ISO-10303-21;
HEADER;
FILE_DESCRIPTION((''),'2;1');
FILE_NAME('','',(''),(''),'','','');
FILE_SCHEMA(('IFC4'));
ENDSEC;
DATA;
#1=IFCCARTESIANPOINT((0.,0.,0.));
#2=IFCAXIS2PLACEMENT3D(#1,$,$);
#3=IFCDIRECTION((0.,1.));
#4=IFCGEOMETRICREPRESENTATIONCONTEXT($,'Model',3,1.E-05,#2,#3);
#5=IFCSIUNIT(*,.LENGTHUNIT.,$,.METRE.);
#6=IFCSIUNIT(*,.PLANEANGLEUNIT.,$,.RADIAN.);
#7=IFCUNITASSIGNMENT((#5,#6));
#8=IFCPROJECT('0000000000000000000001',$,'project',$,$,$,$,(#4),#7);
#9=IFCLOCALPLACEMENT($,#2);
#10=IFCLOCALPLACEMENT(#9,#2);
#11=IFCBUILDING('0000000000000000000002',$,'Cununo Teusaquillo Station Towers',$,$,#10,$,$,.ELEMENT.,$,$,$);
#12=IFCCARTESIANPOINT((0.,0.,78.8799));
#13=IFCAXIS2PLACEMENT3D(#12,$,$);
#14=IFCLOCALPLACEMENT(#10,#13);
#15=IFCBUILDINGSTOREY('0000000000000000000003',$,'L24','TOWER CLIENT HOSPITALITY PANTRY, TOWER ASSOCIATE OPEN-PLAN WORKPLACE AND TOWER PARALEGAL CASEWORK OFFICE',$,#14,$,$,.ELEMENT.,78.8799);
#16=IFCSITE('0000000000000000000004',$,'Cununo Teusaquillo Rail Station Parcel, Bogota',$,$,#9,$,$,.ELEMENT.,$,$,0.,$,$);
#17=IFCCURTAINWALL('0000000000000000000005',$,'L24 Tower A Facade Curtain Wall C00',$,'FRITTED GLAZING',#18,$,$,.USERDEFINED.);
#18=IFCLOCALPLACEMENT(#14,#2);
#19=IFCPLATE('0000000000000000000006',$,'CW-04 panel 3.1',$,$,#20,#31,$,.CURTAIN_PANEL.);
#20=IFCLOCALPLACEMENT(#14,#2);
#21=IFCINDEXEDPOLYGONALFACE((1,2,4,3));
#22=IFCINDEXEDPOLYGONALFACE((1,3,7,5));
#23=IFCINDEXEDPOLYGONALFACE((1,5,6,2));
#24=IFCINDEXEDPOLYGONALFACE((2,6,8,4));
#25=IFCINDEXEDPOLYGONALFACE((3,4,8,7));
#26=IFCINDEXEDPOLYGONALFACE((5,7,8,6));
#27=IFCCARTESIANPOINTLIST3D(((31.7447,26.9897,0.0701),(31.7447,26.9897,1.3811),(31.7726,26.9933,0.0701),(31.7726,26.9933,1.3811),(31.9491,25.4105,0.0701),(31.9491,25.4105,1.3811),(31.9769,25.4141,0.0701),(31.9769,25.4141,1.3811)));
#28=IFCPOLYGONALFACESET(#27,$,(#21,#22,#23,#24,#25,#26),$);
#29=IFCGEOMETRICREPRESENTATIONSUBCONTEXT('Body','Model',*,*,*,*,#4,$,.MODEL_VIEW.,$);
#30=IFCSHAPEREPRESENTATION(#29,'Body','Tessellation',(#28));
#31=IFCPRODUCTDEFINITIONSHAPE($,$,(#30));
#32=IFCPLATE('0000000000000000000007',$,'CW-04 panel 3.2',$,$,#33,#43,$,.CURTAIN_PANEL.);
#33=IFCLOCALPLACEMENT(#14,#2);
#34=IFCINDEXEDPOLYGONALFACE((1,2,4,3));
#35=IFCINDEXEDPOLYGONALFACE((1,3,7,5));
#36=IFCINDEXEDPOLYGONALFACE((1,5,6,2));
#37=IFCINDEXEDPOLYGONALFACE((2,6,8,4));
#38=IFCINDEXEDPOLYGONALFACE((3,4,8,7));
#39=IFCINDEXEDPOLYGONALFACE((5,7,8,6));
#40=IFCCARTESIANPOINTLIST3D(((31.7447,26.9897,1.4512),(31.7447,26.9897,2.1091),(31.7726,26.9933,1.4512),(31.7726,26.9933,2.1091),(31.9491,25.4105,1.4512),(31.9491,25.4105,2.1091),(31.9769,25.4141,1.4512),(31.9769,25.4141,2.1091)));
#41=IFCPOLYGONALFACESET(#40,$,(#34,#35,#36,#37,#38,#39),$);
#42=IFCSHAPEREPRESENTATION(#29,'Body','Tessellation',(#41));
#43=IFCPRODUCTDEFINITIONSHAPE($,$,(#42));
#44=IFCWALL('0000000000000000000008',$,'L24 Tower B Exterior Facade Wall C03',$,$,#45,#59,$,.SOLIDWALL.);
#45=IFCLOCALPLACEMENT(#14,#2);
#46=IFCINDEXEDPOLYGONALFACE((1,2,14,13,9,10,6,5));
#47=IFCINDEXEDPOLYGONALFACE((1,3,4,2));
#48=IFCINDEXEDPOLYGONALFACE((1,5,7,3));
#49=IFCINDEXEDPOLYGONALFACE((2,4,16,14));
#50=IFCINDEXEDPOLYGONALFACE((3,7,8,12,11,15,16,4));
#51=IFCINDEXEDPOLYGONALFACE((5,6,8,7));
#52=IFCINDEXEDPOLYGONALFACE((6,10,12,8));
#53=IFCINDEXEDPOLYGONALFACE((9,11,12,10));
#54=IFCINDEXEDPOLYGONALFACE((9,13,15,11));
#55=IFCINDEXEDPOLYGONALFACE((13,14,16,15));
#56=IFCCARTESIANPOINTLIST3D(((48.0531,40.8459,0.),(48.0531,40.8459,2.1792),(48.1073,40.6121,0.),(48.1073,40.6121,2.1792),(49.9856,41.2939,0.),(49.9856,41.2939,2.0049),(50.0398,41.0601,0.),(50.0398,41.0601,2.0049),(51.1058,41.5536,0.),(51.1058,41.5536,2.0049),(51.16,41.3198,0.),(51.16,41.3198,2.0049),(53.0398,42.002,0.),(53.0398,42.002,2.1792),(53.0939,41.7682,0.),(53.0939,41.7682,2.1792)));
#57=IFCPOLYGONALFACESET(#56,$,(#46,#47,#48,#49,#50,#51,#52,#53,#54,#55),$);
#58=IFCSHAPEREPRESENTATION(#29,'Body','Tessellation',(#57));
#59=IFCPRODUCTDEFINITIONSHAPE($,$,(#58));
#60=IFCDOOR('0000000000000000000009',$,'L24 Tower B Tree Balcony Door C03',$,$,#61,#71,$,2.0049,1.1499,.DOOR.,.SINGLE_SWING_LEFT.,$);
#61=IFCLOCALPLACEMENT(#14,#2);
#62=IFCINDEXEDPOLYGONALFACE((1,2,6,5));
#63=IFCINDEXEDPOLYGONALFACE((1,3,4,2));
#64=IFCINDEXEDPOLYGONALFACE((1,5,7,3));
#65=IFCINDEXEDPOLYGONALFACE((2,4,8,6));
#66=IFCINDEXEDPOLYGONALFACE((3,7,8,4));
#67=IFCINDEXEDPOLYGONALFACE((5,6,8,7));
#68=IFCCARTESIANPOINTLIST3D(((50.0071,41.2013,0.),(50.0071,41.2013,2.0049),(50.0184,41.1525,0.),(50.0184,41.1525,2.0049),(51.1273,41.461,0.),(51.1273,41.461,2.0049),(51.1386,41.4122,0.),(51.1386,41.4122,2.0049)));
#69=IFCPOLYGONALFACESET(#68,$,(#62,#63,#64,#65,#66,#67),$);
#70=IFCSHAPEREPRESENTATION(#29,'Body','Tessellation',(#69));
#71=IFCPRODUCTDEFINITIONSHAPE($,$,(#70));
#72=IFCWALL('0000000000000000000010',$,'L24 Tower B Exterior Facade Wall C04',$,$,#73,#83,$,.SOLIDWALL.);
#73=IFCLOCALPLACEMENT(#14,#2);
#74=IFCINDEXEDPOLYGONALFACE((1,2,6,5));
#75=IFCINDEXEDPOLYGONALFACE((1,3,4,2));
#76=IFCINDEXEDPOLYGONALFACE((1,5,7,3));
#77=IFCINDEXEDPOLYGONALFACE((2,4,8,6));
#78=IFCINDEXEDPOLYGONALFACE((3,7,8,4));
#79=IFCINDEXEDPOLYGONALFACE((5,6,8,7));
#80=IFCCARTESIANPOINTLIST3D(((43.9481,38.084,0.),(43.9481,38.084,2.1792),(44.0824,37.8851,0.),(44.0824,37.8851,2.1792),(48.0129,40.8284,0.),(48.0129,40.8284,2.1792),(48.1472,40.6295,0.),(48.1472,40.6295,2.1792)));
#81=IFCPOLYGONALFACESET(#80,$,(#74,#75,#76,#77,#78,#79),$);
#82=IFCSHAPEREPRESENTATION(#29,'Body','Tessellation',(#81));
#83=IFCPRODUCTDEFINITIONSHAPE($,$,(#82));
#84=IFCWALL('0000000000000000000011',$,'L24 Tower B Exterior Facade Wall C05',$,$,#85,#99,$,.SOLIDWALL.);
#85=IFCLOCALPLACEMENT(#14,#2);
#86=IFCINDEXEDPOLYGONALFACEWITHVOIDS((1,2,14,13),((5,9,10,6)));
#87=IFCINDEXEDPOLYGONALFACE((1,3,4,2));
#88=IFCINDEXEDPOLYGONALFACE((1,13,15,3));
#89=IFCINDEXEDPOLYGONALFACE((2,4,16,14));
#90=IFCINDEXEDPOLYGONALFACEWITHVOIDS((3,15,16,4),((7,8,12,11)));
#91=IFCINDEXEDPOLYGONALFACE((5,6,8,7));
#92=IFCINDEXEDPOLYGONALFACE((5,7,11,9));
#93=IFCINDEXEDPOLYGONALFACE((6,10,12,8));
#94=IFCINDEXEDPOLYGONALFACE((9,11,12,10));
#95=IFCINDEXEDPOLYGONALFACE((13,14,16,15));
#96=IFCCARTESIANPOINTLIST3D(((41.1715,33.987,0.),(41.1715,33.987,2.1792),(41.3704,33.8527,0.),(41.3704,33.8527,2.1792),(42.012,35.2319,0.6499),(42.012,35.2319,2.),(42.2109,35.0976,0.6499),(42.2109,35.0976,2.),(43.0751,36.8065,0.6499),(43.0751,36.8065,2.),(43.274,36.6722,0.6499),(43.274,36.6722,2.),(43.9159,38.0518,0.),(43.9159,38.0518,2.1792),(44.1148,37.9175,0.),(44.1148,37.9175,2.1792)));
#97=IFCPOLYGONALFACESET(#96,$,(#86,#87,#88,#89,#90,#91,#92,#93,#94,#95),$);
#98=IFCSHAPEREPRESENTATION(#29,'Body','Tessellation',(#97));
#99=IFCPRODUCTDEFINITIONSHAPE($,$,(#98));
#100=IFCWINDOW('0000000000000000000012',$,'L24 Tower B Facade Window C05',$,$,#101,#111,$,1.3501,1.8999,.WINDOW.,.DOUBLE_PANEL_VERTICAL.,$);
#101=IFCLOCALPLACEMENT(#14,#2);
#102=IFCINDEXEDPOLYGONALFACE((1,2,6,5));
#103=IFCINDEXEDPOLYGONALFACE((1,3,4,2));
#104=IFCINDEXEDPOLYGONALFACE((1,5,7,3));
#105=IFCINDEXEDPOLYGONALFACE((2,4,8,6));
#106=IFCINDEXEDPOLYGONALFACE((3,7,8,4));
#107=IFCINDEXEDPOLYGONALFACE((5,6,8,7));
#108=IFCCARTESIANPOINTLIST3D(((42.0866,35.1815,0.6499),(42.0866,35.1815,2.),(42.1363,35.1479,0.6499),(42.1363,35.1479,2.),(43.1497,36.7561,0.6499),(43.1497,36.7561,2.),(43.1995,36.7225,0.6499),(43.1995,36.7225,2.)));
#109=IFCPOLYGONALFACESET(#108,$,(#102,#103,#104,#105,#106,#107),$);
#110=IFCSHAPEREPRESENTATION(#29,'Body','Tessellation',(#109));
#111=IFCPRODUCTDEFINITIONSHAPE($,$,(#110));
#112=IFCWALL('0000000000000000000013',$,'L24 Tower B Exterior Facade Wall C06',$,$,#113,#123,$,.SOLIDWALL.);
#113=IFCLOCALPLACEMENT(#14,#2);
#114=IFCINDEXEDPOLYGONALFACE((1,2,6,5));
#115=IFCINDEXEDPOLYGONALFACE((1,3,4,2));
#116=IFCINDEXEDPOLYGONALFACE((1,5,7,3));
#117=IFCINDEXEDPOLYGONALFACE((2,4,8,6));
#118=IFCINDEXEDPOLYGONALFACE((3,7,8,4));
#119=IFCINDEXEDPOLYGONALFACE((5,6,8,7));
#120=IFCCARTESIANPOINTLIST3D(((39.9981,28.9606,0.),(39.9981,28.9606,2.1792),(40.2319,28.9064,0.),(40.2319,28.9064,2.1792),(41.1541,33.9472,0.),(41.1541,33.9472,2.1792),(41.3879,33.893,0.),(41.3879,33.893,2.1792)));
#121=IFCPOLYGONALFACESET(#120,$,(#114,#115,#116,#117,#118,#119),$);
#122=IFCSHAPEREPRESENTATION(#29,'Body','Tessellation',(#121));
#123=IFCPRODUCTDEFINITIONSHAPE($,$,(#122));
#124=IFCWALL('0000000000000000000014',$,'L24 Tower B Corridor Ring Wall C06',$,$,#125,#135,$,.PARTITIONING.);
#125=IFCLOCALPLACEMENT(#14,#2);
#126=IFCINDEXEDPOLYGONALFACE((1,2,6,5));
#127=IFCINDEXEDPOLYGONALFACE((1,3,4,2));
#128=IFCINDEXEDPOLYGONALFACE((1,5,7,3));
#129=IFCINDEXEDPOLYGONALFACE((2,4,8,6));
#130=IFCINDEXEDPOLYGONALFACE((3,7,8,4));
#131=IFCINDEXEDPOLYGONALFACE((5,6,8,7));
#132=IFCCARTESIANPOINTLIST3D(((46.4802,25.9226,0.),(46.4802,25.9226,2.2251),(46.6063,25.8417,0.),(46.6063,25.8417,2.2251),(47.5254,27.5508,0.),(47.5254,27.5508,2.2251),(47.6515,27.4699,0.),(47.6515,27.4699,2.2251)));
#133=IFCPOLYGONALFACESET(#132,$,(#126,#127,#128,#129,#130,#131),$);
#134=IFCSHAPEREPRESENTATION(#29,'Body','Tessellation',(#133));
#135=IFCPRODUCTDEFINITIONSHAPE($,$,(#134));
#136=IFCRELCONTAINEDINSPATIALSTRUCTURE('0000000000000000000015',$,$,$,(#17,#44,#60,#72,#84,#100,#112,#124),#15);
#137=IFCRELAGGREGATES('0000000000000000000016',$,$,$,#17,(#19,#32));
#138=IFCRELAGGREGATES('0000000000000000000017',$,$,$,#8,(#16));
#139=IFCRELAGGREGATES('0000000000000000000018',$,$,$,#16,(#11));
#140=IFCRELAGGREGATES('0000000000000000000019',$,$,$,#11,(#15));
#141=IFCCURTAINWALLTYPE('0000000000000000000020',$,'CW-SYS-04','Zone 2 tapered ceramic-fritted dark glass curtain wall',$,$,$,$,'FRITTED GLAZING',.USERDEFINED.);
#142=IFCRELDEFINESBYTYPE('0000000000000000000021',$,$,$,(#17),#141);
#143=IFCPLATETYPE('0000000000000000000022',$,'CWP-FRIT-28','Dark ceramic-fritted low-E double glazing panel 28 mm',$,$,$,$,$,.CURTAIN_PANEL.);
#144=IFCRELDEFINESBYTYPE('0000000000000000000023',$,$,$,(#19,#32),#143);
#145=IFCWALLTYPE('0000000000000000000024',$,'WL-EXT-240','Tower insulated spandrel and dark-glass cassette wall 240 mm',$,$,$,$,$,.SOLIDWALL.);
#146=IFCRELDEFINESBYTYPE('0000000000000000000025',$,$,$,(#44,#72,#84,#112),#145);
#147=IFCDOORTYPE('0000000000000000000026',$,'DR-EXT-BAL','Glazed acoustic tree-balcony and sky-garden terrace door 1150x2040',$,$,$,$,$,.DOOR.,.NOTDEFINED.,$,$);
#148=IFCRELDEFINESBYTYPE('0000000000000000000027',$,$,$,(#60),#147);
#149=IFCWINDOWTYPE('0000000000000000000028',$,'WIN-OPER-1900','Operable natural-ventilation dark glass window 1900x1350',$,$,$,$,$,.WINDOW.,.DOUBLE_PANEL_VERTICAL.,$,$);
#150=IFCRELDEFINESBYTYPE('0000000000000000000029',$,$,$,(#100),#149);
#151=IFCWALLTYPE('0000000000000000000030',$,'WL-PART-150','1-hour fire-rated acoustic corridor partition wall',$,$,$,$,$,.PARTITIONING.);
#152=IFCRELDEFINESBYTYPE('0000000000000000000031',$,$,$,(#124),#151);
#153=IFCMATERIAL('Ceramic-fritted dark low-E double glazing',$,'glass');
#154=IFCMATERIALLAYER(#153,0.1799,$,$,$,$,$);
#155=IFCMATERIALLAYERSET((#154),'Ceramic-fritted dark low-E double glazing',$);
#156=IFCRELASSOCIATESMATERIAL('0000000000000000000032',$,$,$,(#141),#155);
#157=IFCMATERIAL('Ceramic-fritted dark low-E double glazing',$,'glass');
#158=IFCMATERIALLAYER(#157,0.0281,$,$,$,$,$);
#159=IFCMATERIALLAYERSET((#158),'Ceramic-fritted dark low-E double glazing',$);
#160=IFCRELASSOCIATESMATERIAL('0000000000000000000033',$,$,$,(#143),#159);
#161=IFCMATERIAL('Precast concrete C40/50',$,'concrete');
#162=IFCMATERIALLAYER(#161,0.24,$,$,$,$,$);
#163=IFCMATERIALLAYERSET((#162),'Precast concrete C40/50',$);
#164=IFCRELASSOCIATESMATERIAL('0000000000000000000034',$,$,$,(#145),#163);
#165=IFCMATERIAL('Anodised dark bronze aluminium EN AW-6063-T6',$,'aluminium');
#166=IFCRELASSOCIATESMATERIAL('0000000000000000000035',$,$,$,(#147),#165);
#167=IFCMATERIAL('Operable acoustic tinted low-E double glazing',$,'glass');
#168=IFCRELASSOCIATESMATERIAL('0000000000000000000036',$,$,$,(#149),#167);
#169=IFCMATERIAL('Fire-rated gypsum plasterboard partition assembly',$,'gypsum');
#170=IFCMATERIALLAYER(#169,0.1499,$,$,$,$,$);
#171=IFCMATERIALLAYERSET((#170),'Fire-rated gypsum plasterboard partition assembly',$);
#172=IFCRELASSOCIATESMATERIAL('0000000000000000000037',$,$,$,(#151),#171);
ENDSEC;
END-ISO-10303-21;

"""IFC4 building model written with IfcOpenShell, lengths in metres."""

from ifc_helpers import new_model, si_unit, direction, frame, frame_2d, origin, origin_2d, place, context, subcontext, project, spatial, rectangle, extrude, source, transform, mapped, material, layer, layer_set, type_object, element, fill, aggregate, save


model = new_model("IFC4")

# Units and contexts
model_context = context("Model", 3, precision=1e-05, world=origin(), true_north=direction((0.0, 1.0)))
body_context = subcontext(model_context, "Body", "Model", "MODEL_VIEW")
ifc_project = project(units=[si_unit("LENGTHUNIT", "METRE"), si_unit("PLANEANGLEUNIT", "RADIAN")], contexts=[model_context])

# Site, building, storey
site_placement = place(None, origin())
site = spatial("IfcSite", under=ifc_project, at=site_placement, Name="Cununo Teusaquillo Rail Station Parcel, Bogota", CompositionType="ELEMENT", RefElevation=0.0)
building_placement = place(site_placement, origin())
building = spatial("IfcBuilding", under=site, at=building_placement, Name="Cununo Teusaquillo Station Towers", CompositionType="ELEMENT")
storey_placement = place(building_placement, frame((0.0, 0.0, 78.8799)))
storey = spatial("IfcBuildingStorey", under=building, at=storey_placement, Name="L24", Description="TOWER CLIENT HOSPITALITY PANTRY, TOWER ASSOCIATE OPEN-PLAN WORKPLACE AND TOWER PARALEGAL CASEWORK OFFICE", CompositionType="ELEMENT", Elevation=78.8799)

# Curtain wall, plates
ifc_material_1 = material(Name="Ceramic-fritted dark low-E double glazing", Category="glass")
ifc_layer_1 = layer(ifc_material_1, 0.1799)
ifc_layer_set_1 = layer_set([ifc_layer_1], Name="Ceramic-fritted dark low-E double glazing")
curtain_wall_type = type_object("IfcCurtainWallType", Name="CW-SYS-04", Description="Zone 2 tapered ceramic-fritted dark glass curtain wall", ElementType="FRITTED GLAZING", PredefinedType="USERDEFINED", material=ifc_layer_set_1)
curtain_wall_placement = place(storey_placement, origin())
curtain_wall = element("IfcCurtainWall", 1, at=curtain_wall_placement, inside=storey, type_object=curtain_wall_type, Name="L24 Tower A Facade Curtain Wall C00", ObjectType="FRITTED GLAZING", PredefinedType="USERDEFINED")
ifc_material_2 = material(Name="Ceramic-fritted dark low-E double glazing", Category="glass")
ifc_layer_2 = layer(ifc_material_2, 0.0281)
ifc_layer_set_2 = layer_set([ifc_layer_2], Name="Ceramic-fritted dark low-E double glazing")
plate_type = type_object("IfcPlateType", Name="CWP-FRIT-28", Description="Dark ceramic-fritted low-E double glazing panel 28 mm", PredefinedType="CURTAIN_PANEL", material=ifc_layer_set_2)
shared_shape_1 = source(origin(), body_context, "Body", "SweptSolid", [
    extrude(rectangle(XDim=1.5923, YDim=0.0281, at=origin_2d()), origin(), (0.0, 0.0, 1.0), 1.311),
])
plate_1_placement = place(storey_placement, frame((31.8608, 26.2019, 0.0701), z_axis=(0.0, 0.0, 1.0), x_axis=(0.128336, -0.991731, 0.0)))
plate_1 = element("IfcPlate", 2, at=plate_1_placement, type_object=plate_type, Name="CW-04 panel 3.1", PredefinedType="CURTAIN_PANEL", context=body_context, shape_type="MappedRepresentation", body=[
    mapped(shared_shape_1, transform((0.0, 0.0, 0.0), x_axis=(1.0, 0.0, 0.0), y_axis=(0.0, 1.0, 0.0), z_axis=(0.0, 0.0, 1.0), scale=1.0)),
])
shared_shape_2 = source(origin(), body_context, "Body", "SweptSolid", [
    extrude(rectangle(XDim=1.5923, YDim=0.0281, at=origin_2d()), origin(), (0.0, 0.0, 1.0), 0.658),
])
plate_2_placement = place(storey_placement, frame((31.8608, 26.2019, 1.4512), z_axis=(0.0, 0.0, 1.0), x_axis=(0.128336, -0.991731, 0.0)))
plate_2 = element("IfcPlate", 3, at=plate_2_placement, type_object=plate_type, Name="CW-04 panel 3.2", PredefinedType="CURTAIN_PANEL", context=body_context, shape_type="MappedRepresentation", body=[
    mapped(shared_shape_2, transform((0.0, 0.0, 0.0), x_axis=(1.0, 0.0, 0.0), y_axis=(0.0, 1.0, 0.0), z_axis=(0.0, 0.0, 1.0), scale=1.0)),
])
aggregate(curtain_wall, [plate_1, plate_2])

# Wall, opening, door
ifc_material_3 = material(Name="Precast concrete C40/50", Category="concrete")
ifc_layer_3 = layer(ifc_material_3, 0.24)
ifc_layer_set_3 = layer_set([ifc_layer_3], Name="Precast concrete C40/50")
wall_type_1 = type_object("IfcWallType", Name="WL-EXT-240", Description="Tower insulated spandrel and dark-glass cassette wall 240 mm", PredefinedType="SOLIDWALL", material=ifc_layer_set_3)
wall_1_placement = place(storey_placement, frame((48.0801, 40.729, 0.0), z_axis=(0.0, 0.0, 1.0), x_axis=(0.974166, 0.225835, 0.0)))
wall_1 = element("IfcWall", 4, at=wall_1_placement, inside=storey, type_object=wall_type_1, Name="L24 Tower B Exterior Facade Wall C03", PredefinedType="SOLIDWALL", context=body_context, shape_type="SweptSolid", body=[
    extrude(rectangle(XDim=5.1189, YDim=0.24, at=frame_2d((2.5596, 0.0))), origin(), (0.0, 0.0, 1.0), 2.1792),
])
shared_shape_3 = source(origin(), body_context, "Body", "SweptSolid", [
    extrude(rectangle(XDim=1.1499, YDim=2.0049, at=frame_2d((0.575, 1.0024))), frame((0.0, 0.1299, 0.0), z_axis=(0.0, -1.0, 0.0), x_axis=(1.0, 0.0, 0.0)), (0.0, 0.0, 1.0), 0.26),
])
opening_1_placement = place(wall_1_placement, frame((1.9839, 0.0, 0.0)))
opening_1 = element("IfcOpeningElement", 5, at=opening_1_placement, cuts=wall_1, PredefinedType="OPENING", context=body_context, shape_type="MappedRepresentation", body=[
    mapped(shared_shape_3, transform((0.0, 0.0, 0.0), x_axis=(1.0, 0.0, 0.0), y_axis=(0.0, 1.0, 0.0), z_axis=(0.0, 0.0, 1.0), scale=1.0)),
])
ifc_material_4 = material(Name="Anodised dark bronze aluminium EN AW-6063-T6", Category="aluminium")
door_type_1 = type_object("IfcDoorType", Name="DR-EXT-BAL", Description="Glazed acoustic tree-balcony and sky-garden terrace door 1150x2040", OperationType="NOTDEFINED", PredefinedType="DOOR", material=ifc_material_4)
shared_shape_4 = source(origin(), body_context, "Body", "SweptSolid", [
    extrude(rectangle(XDim=1.1499, YDim=2.0049, at=frame_2d((0.575, 1.0024))), frame((0.0, 0.0249, 0.0), z_axis=(0.0, -1.0, 0.0), x_axis=(1.0, 0.0, 0.0)), (0.0, 0.0, 1.0), 0.05),
])
door_1_placement = place(opening_1_placement, origin())
door_1 = element("IfcDoor", 6, at=door_1_placement, inside=storey, type_object=door_type_1, Name="L24 Tower B Tree Balcony Door C03", OperationType="SINGLE_SWING_LEFT", OverallHeight=2.0049, OverallWidth=1.1499, PredefinedType="DOOR", context=body_context, shape_type="MappedRepresentation", body=[
    mapped(shared_shape_4, transform((0.0, 0.0, 0.0), x_axis=(1.0, 0.0, 0.0), y_axis=(0.0, 1.0, 0.0), z_axis=(0.0, 0.0, 1.0), scale=1.0)),
])
fill(opening_1, door_1)

# Wall
wall_2_placement = place(storey_placement, frame((44.0154, 37.9846, 0.0), z_axis=(0.0, 0.0, 1.0), x_axis=(0.828781, 0.559573, 0.0)))
element("IfcWall", 7, at=wall_2_placement, inside=storey, type_object=wall_type_1, Name="L24 Tower B Exterior Facade Wall C04", PredefinedType="SOLIDWALL", context=body_context, shape_type="SweptSolid", body=[
    extrude(rectangle(XDim=4.9045, YDim=0.24, at=frame_2d((2.4521, 0.0))), origin(), (0.0, 0.0, 1.0), 2.1792),
])

# Wall, opening, window
wall_3_placement = place(storey_placement, frame((41.271, 33.9199, 0.0), z_axis=(0.0, 0.0, 1.0), x_axis=(0.559573, 0.828781, 0.0)))
wall_3 = element("IfcWall", 8, at=wall_3_placement, inside=storey, type_object=wall_type_1, Name="L24 Tower B Exterior Facade Wall C05", PredefinedType="SOLIDWALL", context=body_context, shape_type="SweptSolid", body=[
    extrude(rectangle(XDim=4.9045, YDim=0.24, at=frame_2d((2.4521, 0.0))), origin(), (0.0, 0.0, 1.0), 2.1792),
])
shared_shape_5 = source(origin(), body_context, "Body", "SweptSolid", [
    extrude(rectangle(XDim=1.8999, YDim=1.3501, at=frame_2d((0.95, 0.675))), frame((0.0, 0.1299, 0.0), z_axis=(0.0, -1.0, 0.0), x_axis=(1.0, 0.0, 0.0)), (0.0, 0.0, 1.0), 0.26),
])
opening_2_placement = place(wall_3_placement, frame((1.502, 0.0, 0.6499)))
opening_2 = element("IfcOpeningElement", 9, at=opening_2_placement, cuts=wall_3, PredefinedType="OPENING", context=body_context, shape_type="MappedRepresentation", body=[
    mapped(shared_shape_5, transform((0.0, 0.0, 0.0), x_axis=(1.0, 0.0, 0.0), y_axis=(0.0, 1.0, 0.0), z_axis=(0.0, 0.0, 1.0), scale=1.0)),
])
ifc_material_5 = material(Name="Operable acoustic tinted low-E double glazing", Category="glass")
window_type = type_object("IfcWindowType", Name="WIN-OPER-1900", Description="Operable natural-ventilation dark glass window 1900x1350", PartitioningType="DOUBLE_PANEL_VERTICAL", PredefinedType="WINDOW", material=ifc_material_5)
shared_shape_6 = source(origin(), body_context, "Body", "SweptSolid", [
    extrude(rectangle(XDim=1.8999, YDim=1.3501, at=frame_2d((0.95, 0.675))), frame((0.0, 0.03, 0.0), z_axis=(0.0, -1.0, 0.0), x_axis=(1.0, 0.0, 0.0)), (0.0, 0.0, 1.0), 0.0601),
])
window_placement = place(opening_2_placement, origin())
window = element("IfcWindow", 10, at=window_placement, inside=storey, type_object=window_type, Name="L24 Tower B Facade Window C05", OverallHeight=1.3501, OverallWidth=1.8999, PartitioningType="DOUBLE_PANEL_VERTICAL", PredefinedType="WINDOW", context=body_context, shape_type="MappedRepresentation", body=[
    mapped(shared_shape_6, transform((0.0, 0.0, 0.0), x_axis=(1.0, 0.0, 0.0), y_axis=(0.0, 1.0, 0.0), z_axis=(0.0, 0.0, 1.0), scale=1.0)),
])
fill(opening_2, window)

# Walls
wall_4_placement = place(storey_placement, frame((40.115, 28.9333, 0.0), z_axis=(0.0, 0.0, 1.0), x_axis=(0.225835, 0.974166, 0.0)))
element("IfcWall", 11, at=wall_4_placement, inside=storey, type_object=wall_type_1, Name="L24 Tower B Exterior Facade Wall C06", PredefinedType="SOLIDWALL", context=body_context, shape_type="SweptSolid", body=[
    extrude(rectangle(XDim=5.1189, YDim=0.24, at=frame_2d((2.5596, 0.0))), origin(), (0.0, 0.0, 1.0), 2.1792),
])
ifc_material_6 = material(Name="Fire-rated gypsum plasterboard partition assembly", Category="gypsum")
ifc_layer_4 = layer(ifc_material_6, 0.1499)
ifc_layer_set_4 = layer_set([ifc_layer_4], Name="Fire-rated gypsum plasterboard partition assembly")
wall_type_2 = type_object("IfcWallType", Name="WL-PART-150", Description="1-hour fire-rated acoustic corridor partition wall", PredefinedType="PARTITIONING", material=ifc_layer_set_4)
wall_5_placement = place(storey_placement, frame((47.5884, 27.5103, 0.0), z_axis=(0.0, 0.0, 1.0), x_axis=(-0.540203, -0.841535, 0.0)))
element("IfcWall", 12, at=wall_5_placement, inside=storey, type_object=wall_type_2, Name="L24 Tower B Corridor Ring Wall C06", PredefinedType="PARTITIONING", context=body_context, shape_type="SweptSolid", body=[
    extrude(rectangle(XDim=1.9348, YDim=0.1499, at=frame_2d((0.9673, 0.0))), origin(), (0.0, 0.0, 1.0), 2.2251),
])

save(model, "model.ifc")
